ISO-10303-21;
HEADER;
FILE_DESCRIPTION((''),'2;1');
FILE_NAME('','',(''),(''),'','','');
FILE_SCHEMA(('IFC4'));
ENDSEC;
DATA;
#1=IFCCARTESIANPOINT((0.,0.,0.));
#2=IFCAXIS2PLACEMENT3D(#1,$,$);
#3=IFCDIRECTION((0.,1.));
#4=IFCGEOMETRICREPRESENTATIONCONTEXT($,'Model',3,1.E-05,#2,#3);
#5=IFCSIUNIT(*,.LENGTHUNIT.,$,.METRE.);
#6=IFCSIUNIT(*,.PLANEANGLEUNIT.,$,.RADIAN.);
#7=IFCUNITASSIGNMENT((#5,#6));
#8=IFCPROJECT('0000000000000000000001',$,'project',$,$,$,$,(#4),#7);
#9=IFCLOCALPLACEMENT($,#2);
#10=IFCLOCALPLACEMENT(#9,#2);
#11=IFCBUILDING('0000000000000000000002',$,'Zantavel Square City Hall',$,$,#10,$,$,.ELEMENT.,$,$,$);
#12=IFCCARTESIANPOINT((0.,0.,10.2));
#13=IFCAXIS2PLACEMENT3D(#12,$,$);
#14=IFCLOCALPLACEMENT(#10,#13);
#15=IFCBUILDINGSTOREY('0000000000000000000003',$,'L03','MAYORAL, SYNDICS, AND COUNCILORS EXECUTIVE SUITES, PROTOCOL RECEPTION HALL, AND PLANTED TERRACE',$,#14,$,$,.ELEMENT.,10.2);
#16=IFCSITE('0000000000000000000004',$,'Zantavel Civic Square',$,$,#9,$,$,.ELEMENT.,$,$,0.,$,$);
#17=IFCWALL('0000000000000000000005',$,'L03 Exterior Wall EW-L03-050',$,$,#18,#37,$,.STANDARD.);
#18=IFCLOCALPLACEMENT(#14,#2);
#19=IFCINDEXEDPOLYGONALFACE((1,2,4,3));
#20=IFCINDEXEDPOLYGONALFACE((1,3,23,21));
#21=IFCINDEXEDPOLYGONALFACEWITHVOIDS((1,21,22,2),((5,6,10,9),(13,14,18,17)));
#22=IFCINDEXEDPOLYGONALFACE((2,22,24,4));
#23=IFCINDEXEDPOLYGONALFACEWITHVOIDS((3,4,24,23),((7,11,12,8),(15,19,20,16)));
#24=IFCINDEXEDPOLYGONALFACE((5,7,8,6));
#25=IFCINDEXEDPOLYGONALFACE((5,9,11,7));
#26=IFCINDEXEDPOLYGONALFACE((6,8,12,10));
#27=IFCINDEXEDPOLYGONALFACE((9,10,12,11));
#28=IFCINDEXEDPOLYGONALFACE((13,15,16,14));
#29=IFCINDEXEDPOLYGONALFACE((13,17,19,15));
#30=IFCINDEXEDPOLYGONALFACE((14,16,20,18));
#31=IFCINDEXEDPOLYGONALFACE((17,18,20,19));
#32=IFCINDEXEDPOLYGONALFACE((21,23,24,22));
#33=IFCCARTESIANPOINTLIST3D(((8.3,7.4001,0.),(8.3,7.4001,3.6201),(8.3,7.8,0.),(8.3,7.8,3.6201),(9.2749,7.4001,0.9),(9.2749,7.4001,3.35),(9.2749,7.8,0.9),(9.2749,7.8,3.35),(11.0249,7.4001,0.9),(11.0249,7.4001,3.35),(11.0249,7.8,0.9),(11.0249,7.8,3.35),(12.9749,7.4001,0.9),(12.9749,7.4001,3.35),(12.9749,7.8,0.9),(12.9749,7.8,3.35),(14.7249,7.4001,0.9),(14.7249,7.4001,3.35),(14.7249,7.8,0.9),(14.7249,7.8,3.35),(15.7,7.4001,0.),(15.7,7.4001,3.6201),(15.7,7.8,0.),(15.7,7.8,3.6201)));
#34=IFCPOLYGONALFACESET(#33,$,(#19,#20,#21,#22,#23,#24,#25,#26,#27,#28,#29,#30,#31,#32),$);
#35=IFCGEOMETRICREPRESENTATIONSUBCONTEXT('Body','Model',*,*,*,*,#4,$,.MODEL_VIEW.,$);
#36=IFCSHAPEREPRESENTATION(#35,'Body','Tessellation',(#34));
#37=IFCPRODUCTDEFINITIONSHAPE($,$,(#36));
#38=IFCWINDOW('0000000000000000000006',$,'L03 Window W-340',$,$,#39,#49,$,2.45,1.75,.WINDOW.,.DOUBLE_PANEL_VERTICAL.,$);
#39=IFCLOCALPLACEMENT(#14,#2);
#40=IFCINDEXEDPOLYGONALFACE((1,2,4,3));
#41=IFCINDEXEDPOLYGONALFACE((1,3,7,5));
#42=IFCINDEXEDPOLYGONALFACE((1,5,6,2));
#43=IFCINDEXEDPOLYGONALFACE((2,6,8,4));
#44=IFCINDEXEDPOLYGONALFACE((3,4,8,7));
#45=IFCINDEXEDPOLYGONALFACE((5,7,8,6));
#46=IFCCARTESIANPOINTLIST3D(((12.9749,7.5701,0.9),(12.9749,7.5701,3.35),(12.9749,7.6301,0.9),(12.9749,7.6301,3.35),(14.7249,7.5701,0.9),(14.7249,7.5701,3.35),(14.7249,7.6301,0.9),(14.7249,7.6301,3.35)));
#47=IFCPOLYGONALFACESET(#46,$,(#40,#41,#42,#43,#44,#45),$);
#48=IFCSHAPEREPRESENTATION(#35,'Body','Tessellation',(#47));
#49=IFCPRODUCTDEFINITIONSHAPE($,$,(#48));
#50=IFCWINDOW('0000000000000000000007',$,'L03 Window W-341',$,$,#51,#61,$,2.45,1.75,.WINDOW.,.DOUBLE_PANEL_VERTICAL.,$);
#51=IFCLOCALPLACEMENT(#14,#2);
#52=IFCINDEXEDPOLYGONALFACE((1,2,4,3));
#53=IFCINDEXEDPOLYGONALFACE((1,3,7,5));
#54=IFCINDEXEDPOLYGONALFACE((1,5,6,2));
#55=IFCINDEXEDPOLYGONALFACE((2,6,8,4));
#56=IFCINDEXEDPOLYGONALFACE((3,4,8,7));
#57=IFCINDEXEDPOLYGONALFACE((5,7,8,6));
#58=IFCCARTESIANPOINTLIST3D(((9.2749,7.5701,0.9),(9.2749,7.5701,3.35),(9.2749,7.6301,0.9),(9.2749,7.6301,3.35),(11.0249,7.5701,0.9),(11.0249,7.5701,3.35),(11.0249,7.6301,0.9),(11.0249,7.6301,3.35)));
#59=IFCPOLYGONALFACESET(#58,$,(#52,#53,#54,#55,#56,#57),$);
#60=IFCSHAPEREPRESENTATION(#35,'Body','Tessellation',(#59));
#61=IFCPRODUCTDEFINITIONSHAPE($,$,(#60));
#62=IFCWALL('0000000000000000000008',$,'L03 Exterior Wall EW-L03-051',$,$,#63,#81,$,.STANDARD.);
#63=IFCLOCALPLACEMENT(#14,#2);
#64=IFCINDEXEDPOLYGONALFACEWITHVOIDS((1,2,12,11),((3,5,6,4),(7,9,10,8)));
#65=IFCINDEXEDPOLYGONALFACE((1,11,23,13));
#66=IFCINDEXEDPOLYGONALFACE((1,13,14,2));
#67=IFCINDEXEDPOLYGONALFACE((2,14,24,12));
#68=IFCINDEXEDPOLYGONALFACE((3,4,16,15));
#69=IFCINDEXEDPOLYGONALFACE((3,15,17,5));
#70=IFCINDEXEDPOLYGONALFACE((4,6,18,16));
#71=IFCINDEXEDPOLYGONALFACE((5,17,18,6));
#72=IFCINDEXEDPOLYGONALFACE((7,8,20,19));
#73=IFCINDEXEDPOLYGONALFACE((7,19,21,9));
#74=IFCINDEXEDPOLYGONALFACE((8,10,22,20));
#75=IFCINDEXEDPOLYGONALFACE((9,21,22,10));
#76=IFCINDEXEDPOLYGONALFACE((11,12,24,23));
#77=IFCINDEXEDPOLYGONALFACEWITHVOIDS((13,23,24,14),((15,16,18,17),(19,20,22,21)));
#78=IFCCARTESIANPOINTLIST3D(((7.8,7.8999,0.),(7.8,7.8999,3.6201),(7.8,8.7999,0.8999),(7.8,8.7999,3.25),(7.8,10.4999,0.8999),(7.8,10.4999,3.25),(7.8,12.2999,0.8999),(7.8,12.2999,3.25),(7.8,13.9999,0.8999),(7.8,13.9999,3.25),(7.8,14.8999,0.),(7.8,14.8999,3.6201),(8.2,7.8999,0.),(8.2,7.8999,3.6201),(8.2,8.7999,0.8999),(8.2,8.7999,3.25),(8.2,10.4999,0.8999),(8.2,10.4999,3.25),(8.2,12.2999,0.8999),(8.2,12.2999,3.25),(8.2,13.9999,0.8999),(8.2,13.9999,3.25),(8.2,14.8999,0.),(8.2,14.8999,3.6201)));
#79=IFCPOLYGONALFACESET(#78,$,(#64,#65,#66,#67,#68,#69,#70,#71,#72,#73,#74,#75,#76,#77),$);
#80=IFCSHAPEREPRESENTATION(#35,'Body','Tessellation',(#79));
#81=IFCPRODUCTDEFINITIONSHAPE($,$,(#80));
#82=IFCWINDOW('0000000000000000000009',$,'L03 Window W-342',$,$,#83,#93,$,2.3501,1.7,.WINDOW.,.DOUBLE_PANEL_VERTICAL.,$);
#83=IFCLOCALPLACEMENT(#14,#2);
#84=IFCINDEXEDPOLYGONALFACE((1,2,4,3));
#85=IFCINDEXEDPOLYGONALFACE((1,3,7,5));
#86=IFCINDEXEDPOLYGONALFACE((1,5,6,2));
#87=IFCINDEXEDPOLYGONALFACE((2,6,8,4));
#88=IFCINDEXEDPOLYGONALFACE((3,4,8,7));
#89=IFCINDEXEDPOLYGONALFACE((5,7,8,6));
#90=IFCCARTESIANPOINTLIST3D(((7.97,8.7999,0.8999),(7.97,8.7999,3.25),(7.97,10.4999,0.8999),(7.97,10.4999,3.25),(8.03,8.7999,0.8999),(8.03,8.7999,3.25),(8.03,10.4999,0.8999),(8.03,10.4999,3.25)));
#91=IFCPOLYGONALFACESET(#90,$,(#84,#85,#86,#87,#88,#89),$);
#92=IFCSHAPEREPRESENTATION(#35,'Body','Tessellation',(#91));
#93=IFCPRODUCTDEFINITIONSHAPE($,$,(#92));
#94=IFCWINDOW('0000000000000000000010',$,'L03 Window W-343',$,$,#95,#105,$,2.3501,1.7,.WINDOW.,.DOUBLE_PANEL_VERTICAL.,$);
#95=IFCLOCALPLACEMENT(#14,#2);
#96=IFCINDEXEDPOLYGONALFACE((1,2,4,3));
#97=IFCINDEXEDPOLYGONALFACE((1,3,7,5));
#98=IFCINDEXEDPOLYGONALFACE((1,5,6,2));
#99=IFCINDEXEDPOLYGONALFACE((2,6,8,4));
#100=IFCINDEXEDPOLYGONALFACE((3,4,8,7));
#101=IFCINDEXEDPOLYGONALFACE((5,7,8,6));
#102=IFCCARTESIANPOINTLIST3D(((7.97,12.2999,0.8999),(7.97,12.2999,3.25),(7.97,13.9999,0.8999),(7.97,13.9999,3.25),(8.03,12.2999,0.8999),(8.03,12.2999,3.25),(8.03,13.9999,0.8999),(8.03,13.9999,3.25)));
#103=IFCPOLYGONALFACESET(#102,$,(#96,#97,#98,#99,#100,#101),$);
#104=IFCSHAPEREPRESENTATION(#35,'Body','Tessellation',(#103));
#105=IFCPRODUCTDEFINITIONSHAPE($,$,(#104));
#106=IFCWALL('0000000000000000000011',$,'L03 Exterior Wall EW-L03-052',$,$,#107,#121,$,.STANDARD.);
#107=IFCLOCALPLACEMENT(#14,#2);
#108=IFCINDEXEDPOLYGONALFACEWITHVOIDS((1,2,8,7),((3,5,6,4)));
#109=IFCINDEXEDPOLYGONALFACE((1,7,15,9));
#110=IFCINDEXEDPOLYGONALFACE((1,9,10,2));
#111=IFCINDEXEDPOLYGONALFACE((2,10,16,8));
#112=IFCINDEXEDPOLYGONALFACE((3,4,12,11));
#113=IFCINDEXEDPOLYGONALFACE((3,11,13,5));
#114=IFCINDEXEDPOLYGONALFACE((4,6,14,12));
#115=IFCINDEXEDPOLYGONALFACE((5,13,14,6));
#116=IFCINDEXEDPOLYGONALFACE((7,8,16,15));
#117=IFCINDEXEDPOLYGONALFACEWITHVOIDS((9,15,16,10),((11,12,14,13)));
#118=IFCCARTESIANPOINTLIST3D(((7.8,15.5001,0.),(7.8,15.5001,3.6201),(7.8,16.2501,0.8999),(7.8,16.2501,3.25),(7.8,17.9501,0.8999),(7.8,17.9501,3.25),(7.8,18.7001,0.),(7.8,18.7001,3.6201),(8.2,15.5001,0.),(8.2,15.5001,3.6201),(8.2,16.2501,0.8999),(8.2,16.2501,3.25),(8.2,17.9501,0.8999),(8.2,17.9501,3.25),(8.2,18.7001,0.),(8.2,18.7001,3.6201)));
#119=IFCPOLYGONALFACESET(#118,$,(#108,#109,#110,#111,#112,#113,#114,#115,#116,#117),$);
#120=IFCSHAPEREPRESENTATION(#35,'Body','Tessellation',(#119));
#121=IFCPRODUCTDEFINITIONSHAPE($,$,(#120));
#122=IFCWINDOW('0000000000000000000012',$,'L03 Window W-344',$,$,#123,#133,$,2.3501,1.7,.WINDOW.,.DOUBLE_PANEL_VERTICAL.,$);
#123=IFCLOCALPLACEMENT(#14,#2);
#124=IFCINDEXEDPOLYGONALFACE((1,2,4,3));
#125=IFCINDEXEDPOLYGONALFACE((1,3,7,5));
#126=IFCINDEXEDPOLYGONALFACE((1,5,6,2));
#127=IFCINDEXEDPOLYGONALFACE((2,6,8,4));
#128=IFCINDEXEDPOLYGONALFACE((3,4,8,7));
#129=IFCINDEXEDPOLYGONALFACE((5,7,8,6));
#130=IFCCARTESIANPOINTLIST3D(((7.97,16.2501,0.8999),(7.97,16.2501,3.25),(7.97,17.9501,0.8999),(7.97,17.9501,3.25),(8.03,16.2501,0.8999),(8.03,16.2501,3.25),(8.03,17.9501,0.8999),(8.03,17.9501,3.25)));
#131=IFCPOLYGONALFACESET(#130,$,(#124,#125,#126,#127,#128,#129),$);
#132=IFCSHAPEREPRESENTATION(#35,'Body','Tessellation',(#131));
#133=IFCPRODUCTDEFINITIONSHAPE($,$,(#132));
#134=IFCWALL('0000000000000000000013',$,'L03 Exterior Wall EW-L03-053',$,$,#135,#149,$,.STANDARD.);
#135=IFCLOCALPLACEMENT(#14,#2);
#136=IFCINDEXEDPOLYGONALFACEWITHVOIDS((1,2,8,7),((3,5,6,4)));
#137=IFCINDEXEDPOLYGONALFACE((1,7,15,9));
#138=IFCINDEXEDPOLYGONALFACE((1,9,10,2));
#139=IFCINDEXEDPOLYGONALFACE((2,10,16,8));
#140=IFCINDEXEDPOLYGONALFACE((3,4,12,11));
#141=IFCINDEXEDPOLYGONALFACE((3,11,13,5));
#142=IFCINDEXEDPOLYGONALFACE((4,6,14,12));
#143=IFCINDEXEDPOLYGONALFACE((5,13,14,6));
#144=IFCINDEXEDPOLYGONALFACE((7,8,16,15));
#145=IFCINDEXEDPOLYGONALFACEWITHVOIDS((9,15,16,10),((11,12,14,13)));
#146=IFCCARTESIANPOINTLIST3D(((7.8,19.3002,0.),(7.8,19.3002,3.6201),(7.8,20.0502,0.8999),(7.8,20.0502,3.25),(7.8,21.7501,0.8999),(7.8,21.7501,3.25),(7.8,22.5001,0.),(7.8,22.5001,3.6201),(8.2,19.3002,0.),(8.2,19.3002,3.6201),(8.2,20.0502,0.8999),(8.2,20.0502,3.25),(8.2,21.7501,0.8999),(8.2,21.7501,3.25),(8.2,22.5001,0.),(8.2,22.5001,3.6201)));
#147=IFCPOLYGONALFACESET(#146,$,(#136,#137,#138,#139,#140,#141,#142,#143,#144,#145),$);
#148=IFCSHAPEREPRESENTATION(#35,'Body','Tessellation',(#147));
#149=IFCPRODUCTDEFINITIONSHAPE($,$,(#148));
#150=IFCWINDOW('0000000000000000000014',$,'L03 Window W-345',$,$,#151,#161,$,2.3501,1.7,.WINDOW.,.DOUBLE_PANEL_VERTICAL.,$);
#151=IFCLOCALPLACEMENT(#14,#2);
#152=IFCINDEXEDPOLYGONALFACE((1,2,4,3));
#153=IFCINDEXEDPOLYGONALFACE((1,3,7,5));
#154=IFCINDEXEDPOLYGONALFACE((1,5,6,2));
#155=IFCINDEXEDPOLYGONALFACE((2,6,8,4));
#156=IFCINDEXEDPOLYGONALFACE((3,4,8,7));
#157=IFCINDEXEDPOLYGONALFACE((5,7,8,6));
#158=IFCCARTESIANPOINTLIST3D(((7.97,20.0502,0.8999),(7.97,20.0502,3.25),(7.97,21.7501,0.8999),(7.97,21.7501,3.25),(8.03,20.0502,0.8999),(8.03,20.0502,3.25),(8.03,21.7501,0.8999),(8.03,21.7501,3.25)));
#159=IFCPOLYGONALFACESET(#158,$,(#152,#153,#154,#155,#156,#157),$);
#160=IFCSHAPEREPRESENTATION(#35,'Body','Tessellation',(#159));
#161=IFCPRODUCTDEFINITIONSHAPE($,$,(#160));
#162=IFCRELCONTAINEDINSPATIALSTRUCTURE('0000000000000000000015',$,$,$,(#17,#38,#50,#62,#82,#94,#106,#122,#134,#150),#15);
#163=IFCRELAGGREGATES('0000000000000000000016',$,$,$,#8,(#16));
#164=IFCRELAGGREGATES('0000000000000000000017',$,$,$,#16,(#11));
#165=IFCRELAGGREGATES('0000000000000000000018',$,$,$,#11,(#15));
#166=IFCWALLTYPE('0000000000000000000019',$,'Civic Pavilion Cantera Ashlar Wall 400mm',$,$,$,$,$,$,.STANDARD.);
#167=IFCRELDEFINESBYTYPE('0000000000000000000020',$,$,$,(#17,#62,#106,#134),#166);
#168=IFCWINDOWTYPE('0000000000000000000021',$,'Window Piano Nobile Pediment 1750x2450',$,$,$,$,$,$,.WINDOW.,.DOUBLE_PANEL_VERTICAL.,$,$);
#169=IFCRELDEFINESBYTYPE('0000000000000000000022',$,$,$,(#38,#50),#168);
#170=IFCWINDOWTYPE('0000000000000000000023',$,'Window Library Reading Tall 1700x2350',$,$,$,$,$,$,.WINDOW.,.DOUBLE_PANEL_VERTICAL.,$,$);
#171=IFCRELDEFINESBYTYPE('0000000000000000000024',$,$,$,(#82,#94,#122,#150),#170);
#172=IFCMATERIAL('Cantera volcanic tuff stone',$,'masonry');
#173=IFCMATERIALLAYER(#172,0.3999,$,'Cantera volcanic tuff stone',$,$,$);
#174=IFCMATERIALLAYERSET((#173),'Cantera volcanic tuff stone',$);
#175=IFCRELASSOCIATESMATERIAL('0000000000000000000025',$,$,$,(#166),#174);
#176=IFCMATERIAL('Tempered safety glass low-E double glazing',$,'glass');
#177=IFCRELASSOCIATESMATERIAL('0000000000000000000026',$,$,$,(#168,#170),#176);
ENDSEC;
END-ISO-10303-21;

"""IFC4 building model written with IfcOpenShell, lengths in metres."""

from ifc_helpers import new_model, si_unit, direction, frame, frame_2d, origin, place, context, subcontext, project, spatial, rectangle, extrude, material, layer, layer_set, type_object, element, fill, save


model = new_model("IFC4")

# Units and contexts
model_context = context("Model", 3, precision=1e-05, world=origin(), true_north=direction((0.0, 1.0)))
body_context = subcontext(model_context, "Body", "Model", "MODEL_VIEW")
ifc_project = project(units=[si_unit("LENGTHUNIT", "METRE"), si_unit("PLANEANGLEUNIT", "RADIAN")], contexts=[model_context])

# Site, building, storey
site_placement = place(None, origin())
site = spatial("IfcSite", under=ifc_project, at=site_placement, Name="Zantavel Civic Square", CompositionType="ELEMENT", RefElevation=0.0)
building_placement = place(site_placement, origin())
building = spatial("IfcBuilding", under=site, at=building_placement, Name="Zantavel Square City Hall", CompositionType="ELEMENT")
storey_placement = place(building_placement, frame((0.0, 0.0, 10.2)))
storey = spatial("IfcBuildingStorey", under=building, at=storey_placement, Name="L03", Description="MAYORAL, SYNDICS, AND COUNCILORS EXECUTIVE SUITES, PROTOCOL RECEPTION HALL, AND PLANTED TERRACE", CompositionType="ELEMENT", Elevation=10.2)

# Walls, openings, windows
ifc_material_1 = material(Name="Cantera volcanic tuff stone", Category="masonry")
ifc_layer_1 = layer(ifc_material_1, 0.3999, Name="Cantera volcanic tuff stone")
ifc_layer_set_1 = layer_set([ifc_layer_1], Name="Cantera volcanic tuff stone")
wall_type_1 = type_object("IfcWallType", Name="Civic Pavilion Cantera Ashlar Wall 400mm", PredefinedType="STANDARD", material=ifc_layer_set_1)
wall_1_placement = place(storey_placement, frame((15.7, 7.6001, 0.0), z_axis=(0.0, 0.0, 1.0), x_axis=(-1.0, 0.0, 0.0)))
wall_1 = element("IfcWall", 1, at=wall_1_placement, inside=storey, type_object=wall_type_1, Name="L03 Exterior Wall EW-L03-050", PredefinedType="STANDARD", context=body_context, shape_type="SweptSolid", body=[
    extrude(rectangle(XDim=7.3999, YDim=0.3999, at=frame_2d((3.7, 0.0))), origin(), (0.0, 0.0, 1.0), 3.6201),
])
opening_1_placement = place(wall_1_placement, frame((0.9751, 0.0, 0.8999)))
opening_1 = element("IfcOpeningElement", 2, at=opening_1_placement, cuts=wall_1, PredefinedType="OPENING", context=body_context, shape_type="SweptSolid", body=[
    extrude(rectangle(XDim=1.75, YDim=2.45, at=frame_2d((0.875, 1.2251))), frame((0.0, 0.21, 0.0), z_axis=(0.0, -1.0, 0.0), x_axis=(1.0, 0.0, 0.0)), (0.0, 0.0, 1.0), 0.4199),
])
opening_2_placement = place(wall_1_placement, frame((4.675, 0.0, 0.8999)))
opening_2 = element("IfcOpeningElement", 3, at=opening_2_placement, cuts=wall_1, PredefinedType="OPENING", context=body_context, shape_type="SweptSolid", body=[
    extrude(rectangle(XDim=1.75, YDim=2.45, at=frame_2d((0.875, 1.2251))), frame((0.0, 0.21, 0.0), z_axis=(0.0, -1.0, 0.0), x_axis=(1.0, 0.0, 0.0)), (0.0, 0.0, 1.0), 0.4199),
])
ifc_material_2 = material(Name="Tempered safety glass low-E double glazing", Category="glass")
window_type_1 = type_object("IfcWindowType", Name="Window Piano Nobile Pediment 1750x2450", PartitioningType="DOUBLE_PANEL_VERTICAL", PredefinedType="WINDOW", material=ifc_material_2)
window_1_placement = place(opening_1_placement, origin())
window_1 = element("IfcWindow", 4, at=window_1_placement, inside=storey, type_object=window_type_1, Name="L03 Window W-340", OverallHeight=2.45, OverallWidth=1.75, PartitioningType="DOUBLE_PANEL_VERTICAL", PredefinedType="WINDOW", context=body_context, shape_type="SweptSolid", body=[
    extrude(rectangle(XDim=1.75, YDim=2.45, at=frame_2d((0.875, 1.2251))), frame((0.0, 0.03, 0.0), z_axis=(0.0, -1.0, 0.0), x_axis=(1.0, 0.0, 0.0)), (0.0, 0.0, 1.0), 0.0601),
])
fill(opening_1, window_1)
window_2_placement = place(opening_2_placement, origin())
window_2 = element("IfcWindow", 5, at=window_2_placement, inside=storey, type_object=window_type_1, Name="L03 Window W-341", OverallHeight=2.45, OverallWidth=1.75, PartitioningType="DOUBLE_PANEL_VERTICAL", PredefinedType="WINDOW", context=body_context, shape_type="SweptSolid", body=[
    extrude(rectangle(XDim=1.75, YDim=2.45, at=frame_2d((0.875, 1.2251))), frame((0.0, 0.03, 0.0), z_axis=(0.0, -1.0, 0.0), x_axis=(1.0, 0.0, 0.0)), (0.0, 0.0, 1.0), 0.0601),
])
fill(opening_2, window_2)
wall_2_placement = place(storey_placement, frame((8.0, 7.8999, 0.0), z_axis=(0.0, 0.0, 1.0), x_axis=(0.0, 1.0, 0.0)))
wall_2 = element("IfcWall", 6, at=wall_2_placement, inside=storey, type_object=wall_type_1, Name="L03 Exterior Wall EW-L03-051", PredefinedType="STANDARD", context=body_context, shape_type="SweptSolid", body=[
    extrude(rectangle(XDim=7.0, YDim=0.3999, at=frame_2d((3.5, 0.0))), origin(), (0.0, 0.0, 1.0), 3.6201),
])
opening_3_placement = place(wall_2_placement, frame((0.8999, 0.0, 0.8999)))
opening_3 = element("IfcOpeningElement", 7, at=opening_3_placement, cuts=wall_2, PredefinedType="OPENING", context=body_context, shape_type="SweptSolid", body=[
    extrude(rectangle(XDim=1.7, YDim=2.3501, at=frame_2d((0.8501, 1.175))), frame((0.0, 0.21, 0.0), z_axis=(0.0, -1.0, 0.0), x_axis=(1.0, 0.0, 0.0)), (0.0, 0.0, 1.0), 0.4199),
])
opening_4_placement = place(wall_2_placement, frame((4.3999, 0.0, 0.8999)))
opening_4 = element("IfcOpeningElement", 8, at=opening_4_placement, cuts=wall_2, PredefinedType="OPENING", context=body_context, shape_type="SweptSolid", body=[
    extrude(rectangle(XDim=1.7, YDim=2.3501, at=frame_2d((0.8501, 1.175))), frame((0.0, 0.21, 0.0), z_axis=(0.0, -1.0, 0.0), x_axis=(1.0, 0.0, 0.0)), (0.0, 0.0, 1.0), 0.4199),
])
window_type_2 = type_object("IfcWindowType", Name="Window Library Reading Tall 1700x2350", PartitioningType="DOUBLE_PANEL_VERTICAL", PredefinedType="WINDOW", material=ifc_material_2)
window_3_placement = place(opening_3_placement, origin())
window_3 = element("IfcWindow", 9, at=window_3_placement, inside=storey, type_object=window_type_2, Name="L03 Window W-342", OverallHeight=2.3501, OverallWidth=1.7, PartitioningType="DOUBLE_PANEL_VERTICAL", PredefinedType="WINDOW", context=body_context, shape_type="SweptSolid", body=[
    extrude(rectangle(XDim=1.7, YDim=2.3501, at=frame_2d((0.8501, 1.175))), frame((0.0, 0.03, 0.0), z_axis=(0.0, -1.0, 0.0), x_axis=(1.0, 0.0, 0.0)), (0.0, 0.0, 1.0), 0.0601),
])
fill(opening_3, window_3)
window_4_placement = place(opening_4_placement, origin())
window_4 = element("IfcWindow", 10, at=window_4_placement, inside=storey, type_object=window_type_2, Name="L03 Window W-343", OverallHeight=2.3501, OverallWidth=1.7, PartitioningType="DOUBLE_PANEL_VERTICAL", PredefinedType="WINDOW", context=body_context, shape_type="SweptSolid", body=[
    extrude(rectangle(XDim=1.7, YDim=2.3501, at=frame_2d((0.8501, 1.175))), frame((0.0, 0.03, 0.0), z_axis=(0.0, -1.0, 0.0), x_axis=(1.0, 0.0, 0.0)), (0.0, 0.0, 1.0), 0.0601),
])
fill(opening_4, window_4)

# Walls, openings, windows
wall_3_placement = place(storey_placement, frame((8.0, 15.5, 0.0), z_axis=(0.0, 0.0, 1.0), x_axis=(0.0, 1.0, 0.0)))
wall_3 = element("IfcWall", 11, at=wall_3_placement, inside=storey, type_object=wall_type_1, Name="L03 Exterior Wall EW-L03-052", PredefinedType="STANDARD", context=body_context, shape_type="SweptSolid", body=[
    extrude(rectangle(XDim=3.2, YDim=0.3999, at=frame_2d((1.6001, 0.0))), origin(), (0.0, 0.0, 1.0), 3.6201),
])
opening_5_placement = place(wall_3_placement, frame((0.75, 0.0, 0.8999)))
opening_5 = element("IfcOpeningElement", 12, at=opening_5_placement, cuts=wall_3, PredefinedType="OPENING", context=body_context, shape_type="SweptSolid", body=[
    extrude(rectangle(XDim=1.7, YDim=2.3501, at=frame_2d((0.8501, 1.175))), frame((0.0, 0.21, 0.0), z_axis=(0.0, -1.0, 0.0), x_axis=(1.0, 0.0, 0.0)), (0.0, 0.0, 1.0), 0.4199),
])
window_5_placement = place(opening_5_placement, origin())
window_5 = element("IfcWindow", 13, at=window_5_placement, inside=storey, type_object=window_type_2, Name="L03 Window W-344", OverallHeight=2.3501, OverallWidth=1.7, PartitioningType="DOUBLE_PANEL_VERTICAL", PredefinedType="WINDOW", context=body_context, shape_type="SweptSolid", body=[
    extrude(rectangle(XDim=1.7, YDim=2.3501, at=frame_2d((0.8501, 1.175))), frame((0.0, 0.03, 0.0), z_axis=(0.0, -1.0, 0.0), x_axis=(1.0, 0.0, 0.0)), (0.0, 0.0, 1.0), 0.0601),
])
fill(opening_5, window_5)
wall_4_placement = place(storey_placement, frame((8.0, 19.3, 0.0), z_axis=(0.0, 0.0, 1.0), x_axis=(0.0, 1.0, 0.0)))
wall_4 = element("IfcWall", 14, at=wall_4_placement, inside=storey, type_object=wall_type_1, Name="L03 Exterior Wall EW-L03-053", PredefinedType="STANDARD", context=body_context, shape_type="SweptSolid", body=[
    extrude(rectangle(XDim=3.2, YDim=0.3999, at=frame_2d((1.6001, 0.0))), origin(), (0.0, 0.0, 1.0), 3.6201),
])
opening_6_placement = place(wall_4_placement, frame((0.75, 0.0, 0.8999)))
opening_6 = element("IfcOpeningElement", 15, at=opening_6_placement, cuts=wall_4, PredefinedType="OPENING", context=body_context, shape_type="SweptSolid", body=[
    extrude(rectangle(XDim=1.7, YDim=2.3501, at=frame_2d((0.8501, 1.175))), frame((0.0, 0.21, 0.0), z_axis=(0.0, -1.0, 0.0), x_axis=(1.0, 0.0, 0.0)), (0.0, 0.0, 1.0), 0.4199),
])
window_6_placement = place(opening_6_placement, origin())
window_6 = element("IfcWindow", 16, at=window_6_placement, inside=storey, type_object=window_type_2, Name="L03 Window W-345", OverallHeight=2.3501, OverallWidth=1.7, PartitioningType="DOUBLE_PANEL_VERTICAL", PredefinedType="WINDOW", context=body_context, shape_type="SweptSolid", body=[
    extrude(rectangle(XDim=1.7, YDim=2.3501, at=frame_2d((0.8501, 1.175))), frame((0.0, 0.03, 0.0), z_axis=(0.0, -1.0, 0.0), x_axis=(1.0, 0.0, 0.0)), (0.0, 0.0, 1.0), 0.0601),
])
fill(opening_6, window_6)

save(model, "model.ifc")
